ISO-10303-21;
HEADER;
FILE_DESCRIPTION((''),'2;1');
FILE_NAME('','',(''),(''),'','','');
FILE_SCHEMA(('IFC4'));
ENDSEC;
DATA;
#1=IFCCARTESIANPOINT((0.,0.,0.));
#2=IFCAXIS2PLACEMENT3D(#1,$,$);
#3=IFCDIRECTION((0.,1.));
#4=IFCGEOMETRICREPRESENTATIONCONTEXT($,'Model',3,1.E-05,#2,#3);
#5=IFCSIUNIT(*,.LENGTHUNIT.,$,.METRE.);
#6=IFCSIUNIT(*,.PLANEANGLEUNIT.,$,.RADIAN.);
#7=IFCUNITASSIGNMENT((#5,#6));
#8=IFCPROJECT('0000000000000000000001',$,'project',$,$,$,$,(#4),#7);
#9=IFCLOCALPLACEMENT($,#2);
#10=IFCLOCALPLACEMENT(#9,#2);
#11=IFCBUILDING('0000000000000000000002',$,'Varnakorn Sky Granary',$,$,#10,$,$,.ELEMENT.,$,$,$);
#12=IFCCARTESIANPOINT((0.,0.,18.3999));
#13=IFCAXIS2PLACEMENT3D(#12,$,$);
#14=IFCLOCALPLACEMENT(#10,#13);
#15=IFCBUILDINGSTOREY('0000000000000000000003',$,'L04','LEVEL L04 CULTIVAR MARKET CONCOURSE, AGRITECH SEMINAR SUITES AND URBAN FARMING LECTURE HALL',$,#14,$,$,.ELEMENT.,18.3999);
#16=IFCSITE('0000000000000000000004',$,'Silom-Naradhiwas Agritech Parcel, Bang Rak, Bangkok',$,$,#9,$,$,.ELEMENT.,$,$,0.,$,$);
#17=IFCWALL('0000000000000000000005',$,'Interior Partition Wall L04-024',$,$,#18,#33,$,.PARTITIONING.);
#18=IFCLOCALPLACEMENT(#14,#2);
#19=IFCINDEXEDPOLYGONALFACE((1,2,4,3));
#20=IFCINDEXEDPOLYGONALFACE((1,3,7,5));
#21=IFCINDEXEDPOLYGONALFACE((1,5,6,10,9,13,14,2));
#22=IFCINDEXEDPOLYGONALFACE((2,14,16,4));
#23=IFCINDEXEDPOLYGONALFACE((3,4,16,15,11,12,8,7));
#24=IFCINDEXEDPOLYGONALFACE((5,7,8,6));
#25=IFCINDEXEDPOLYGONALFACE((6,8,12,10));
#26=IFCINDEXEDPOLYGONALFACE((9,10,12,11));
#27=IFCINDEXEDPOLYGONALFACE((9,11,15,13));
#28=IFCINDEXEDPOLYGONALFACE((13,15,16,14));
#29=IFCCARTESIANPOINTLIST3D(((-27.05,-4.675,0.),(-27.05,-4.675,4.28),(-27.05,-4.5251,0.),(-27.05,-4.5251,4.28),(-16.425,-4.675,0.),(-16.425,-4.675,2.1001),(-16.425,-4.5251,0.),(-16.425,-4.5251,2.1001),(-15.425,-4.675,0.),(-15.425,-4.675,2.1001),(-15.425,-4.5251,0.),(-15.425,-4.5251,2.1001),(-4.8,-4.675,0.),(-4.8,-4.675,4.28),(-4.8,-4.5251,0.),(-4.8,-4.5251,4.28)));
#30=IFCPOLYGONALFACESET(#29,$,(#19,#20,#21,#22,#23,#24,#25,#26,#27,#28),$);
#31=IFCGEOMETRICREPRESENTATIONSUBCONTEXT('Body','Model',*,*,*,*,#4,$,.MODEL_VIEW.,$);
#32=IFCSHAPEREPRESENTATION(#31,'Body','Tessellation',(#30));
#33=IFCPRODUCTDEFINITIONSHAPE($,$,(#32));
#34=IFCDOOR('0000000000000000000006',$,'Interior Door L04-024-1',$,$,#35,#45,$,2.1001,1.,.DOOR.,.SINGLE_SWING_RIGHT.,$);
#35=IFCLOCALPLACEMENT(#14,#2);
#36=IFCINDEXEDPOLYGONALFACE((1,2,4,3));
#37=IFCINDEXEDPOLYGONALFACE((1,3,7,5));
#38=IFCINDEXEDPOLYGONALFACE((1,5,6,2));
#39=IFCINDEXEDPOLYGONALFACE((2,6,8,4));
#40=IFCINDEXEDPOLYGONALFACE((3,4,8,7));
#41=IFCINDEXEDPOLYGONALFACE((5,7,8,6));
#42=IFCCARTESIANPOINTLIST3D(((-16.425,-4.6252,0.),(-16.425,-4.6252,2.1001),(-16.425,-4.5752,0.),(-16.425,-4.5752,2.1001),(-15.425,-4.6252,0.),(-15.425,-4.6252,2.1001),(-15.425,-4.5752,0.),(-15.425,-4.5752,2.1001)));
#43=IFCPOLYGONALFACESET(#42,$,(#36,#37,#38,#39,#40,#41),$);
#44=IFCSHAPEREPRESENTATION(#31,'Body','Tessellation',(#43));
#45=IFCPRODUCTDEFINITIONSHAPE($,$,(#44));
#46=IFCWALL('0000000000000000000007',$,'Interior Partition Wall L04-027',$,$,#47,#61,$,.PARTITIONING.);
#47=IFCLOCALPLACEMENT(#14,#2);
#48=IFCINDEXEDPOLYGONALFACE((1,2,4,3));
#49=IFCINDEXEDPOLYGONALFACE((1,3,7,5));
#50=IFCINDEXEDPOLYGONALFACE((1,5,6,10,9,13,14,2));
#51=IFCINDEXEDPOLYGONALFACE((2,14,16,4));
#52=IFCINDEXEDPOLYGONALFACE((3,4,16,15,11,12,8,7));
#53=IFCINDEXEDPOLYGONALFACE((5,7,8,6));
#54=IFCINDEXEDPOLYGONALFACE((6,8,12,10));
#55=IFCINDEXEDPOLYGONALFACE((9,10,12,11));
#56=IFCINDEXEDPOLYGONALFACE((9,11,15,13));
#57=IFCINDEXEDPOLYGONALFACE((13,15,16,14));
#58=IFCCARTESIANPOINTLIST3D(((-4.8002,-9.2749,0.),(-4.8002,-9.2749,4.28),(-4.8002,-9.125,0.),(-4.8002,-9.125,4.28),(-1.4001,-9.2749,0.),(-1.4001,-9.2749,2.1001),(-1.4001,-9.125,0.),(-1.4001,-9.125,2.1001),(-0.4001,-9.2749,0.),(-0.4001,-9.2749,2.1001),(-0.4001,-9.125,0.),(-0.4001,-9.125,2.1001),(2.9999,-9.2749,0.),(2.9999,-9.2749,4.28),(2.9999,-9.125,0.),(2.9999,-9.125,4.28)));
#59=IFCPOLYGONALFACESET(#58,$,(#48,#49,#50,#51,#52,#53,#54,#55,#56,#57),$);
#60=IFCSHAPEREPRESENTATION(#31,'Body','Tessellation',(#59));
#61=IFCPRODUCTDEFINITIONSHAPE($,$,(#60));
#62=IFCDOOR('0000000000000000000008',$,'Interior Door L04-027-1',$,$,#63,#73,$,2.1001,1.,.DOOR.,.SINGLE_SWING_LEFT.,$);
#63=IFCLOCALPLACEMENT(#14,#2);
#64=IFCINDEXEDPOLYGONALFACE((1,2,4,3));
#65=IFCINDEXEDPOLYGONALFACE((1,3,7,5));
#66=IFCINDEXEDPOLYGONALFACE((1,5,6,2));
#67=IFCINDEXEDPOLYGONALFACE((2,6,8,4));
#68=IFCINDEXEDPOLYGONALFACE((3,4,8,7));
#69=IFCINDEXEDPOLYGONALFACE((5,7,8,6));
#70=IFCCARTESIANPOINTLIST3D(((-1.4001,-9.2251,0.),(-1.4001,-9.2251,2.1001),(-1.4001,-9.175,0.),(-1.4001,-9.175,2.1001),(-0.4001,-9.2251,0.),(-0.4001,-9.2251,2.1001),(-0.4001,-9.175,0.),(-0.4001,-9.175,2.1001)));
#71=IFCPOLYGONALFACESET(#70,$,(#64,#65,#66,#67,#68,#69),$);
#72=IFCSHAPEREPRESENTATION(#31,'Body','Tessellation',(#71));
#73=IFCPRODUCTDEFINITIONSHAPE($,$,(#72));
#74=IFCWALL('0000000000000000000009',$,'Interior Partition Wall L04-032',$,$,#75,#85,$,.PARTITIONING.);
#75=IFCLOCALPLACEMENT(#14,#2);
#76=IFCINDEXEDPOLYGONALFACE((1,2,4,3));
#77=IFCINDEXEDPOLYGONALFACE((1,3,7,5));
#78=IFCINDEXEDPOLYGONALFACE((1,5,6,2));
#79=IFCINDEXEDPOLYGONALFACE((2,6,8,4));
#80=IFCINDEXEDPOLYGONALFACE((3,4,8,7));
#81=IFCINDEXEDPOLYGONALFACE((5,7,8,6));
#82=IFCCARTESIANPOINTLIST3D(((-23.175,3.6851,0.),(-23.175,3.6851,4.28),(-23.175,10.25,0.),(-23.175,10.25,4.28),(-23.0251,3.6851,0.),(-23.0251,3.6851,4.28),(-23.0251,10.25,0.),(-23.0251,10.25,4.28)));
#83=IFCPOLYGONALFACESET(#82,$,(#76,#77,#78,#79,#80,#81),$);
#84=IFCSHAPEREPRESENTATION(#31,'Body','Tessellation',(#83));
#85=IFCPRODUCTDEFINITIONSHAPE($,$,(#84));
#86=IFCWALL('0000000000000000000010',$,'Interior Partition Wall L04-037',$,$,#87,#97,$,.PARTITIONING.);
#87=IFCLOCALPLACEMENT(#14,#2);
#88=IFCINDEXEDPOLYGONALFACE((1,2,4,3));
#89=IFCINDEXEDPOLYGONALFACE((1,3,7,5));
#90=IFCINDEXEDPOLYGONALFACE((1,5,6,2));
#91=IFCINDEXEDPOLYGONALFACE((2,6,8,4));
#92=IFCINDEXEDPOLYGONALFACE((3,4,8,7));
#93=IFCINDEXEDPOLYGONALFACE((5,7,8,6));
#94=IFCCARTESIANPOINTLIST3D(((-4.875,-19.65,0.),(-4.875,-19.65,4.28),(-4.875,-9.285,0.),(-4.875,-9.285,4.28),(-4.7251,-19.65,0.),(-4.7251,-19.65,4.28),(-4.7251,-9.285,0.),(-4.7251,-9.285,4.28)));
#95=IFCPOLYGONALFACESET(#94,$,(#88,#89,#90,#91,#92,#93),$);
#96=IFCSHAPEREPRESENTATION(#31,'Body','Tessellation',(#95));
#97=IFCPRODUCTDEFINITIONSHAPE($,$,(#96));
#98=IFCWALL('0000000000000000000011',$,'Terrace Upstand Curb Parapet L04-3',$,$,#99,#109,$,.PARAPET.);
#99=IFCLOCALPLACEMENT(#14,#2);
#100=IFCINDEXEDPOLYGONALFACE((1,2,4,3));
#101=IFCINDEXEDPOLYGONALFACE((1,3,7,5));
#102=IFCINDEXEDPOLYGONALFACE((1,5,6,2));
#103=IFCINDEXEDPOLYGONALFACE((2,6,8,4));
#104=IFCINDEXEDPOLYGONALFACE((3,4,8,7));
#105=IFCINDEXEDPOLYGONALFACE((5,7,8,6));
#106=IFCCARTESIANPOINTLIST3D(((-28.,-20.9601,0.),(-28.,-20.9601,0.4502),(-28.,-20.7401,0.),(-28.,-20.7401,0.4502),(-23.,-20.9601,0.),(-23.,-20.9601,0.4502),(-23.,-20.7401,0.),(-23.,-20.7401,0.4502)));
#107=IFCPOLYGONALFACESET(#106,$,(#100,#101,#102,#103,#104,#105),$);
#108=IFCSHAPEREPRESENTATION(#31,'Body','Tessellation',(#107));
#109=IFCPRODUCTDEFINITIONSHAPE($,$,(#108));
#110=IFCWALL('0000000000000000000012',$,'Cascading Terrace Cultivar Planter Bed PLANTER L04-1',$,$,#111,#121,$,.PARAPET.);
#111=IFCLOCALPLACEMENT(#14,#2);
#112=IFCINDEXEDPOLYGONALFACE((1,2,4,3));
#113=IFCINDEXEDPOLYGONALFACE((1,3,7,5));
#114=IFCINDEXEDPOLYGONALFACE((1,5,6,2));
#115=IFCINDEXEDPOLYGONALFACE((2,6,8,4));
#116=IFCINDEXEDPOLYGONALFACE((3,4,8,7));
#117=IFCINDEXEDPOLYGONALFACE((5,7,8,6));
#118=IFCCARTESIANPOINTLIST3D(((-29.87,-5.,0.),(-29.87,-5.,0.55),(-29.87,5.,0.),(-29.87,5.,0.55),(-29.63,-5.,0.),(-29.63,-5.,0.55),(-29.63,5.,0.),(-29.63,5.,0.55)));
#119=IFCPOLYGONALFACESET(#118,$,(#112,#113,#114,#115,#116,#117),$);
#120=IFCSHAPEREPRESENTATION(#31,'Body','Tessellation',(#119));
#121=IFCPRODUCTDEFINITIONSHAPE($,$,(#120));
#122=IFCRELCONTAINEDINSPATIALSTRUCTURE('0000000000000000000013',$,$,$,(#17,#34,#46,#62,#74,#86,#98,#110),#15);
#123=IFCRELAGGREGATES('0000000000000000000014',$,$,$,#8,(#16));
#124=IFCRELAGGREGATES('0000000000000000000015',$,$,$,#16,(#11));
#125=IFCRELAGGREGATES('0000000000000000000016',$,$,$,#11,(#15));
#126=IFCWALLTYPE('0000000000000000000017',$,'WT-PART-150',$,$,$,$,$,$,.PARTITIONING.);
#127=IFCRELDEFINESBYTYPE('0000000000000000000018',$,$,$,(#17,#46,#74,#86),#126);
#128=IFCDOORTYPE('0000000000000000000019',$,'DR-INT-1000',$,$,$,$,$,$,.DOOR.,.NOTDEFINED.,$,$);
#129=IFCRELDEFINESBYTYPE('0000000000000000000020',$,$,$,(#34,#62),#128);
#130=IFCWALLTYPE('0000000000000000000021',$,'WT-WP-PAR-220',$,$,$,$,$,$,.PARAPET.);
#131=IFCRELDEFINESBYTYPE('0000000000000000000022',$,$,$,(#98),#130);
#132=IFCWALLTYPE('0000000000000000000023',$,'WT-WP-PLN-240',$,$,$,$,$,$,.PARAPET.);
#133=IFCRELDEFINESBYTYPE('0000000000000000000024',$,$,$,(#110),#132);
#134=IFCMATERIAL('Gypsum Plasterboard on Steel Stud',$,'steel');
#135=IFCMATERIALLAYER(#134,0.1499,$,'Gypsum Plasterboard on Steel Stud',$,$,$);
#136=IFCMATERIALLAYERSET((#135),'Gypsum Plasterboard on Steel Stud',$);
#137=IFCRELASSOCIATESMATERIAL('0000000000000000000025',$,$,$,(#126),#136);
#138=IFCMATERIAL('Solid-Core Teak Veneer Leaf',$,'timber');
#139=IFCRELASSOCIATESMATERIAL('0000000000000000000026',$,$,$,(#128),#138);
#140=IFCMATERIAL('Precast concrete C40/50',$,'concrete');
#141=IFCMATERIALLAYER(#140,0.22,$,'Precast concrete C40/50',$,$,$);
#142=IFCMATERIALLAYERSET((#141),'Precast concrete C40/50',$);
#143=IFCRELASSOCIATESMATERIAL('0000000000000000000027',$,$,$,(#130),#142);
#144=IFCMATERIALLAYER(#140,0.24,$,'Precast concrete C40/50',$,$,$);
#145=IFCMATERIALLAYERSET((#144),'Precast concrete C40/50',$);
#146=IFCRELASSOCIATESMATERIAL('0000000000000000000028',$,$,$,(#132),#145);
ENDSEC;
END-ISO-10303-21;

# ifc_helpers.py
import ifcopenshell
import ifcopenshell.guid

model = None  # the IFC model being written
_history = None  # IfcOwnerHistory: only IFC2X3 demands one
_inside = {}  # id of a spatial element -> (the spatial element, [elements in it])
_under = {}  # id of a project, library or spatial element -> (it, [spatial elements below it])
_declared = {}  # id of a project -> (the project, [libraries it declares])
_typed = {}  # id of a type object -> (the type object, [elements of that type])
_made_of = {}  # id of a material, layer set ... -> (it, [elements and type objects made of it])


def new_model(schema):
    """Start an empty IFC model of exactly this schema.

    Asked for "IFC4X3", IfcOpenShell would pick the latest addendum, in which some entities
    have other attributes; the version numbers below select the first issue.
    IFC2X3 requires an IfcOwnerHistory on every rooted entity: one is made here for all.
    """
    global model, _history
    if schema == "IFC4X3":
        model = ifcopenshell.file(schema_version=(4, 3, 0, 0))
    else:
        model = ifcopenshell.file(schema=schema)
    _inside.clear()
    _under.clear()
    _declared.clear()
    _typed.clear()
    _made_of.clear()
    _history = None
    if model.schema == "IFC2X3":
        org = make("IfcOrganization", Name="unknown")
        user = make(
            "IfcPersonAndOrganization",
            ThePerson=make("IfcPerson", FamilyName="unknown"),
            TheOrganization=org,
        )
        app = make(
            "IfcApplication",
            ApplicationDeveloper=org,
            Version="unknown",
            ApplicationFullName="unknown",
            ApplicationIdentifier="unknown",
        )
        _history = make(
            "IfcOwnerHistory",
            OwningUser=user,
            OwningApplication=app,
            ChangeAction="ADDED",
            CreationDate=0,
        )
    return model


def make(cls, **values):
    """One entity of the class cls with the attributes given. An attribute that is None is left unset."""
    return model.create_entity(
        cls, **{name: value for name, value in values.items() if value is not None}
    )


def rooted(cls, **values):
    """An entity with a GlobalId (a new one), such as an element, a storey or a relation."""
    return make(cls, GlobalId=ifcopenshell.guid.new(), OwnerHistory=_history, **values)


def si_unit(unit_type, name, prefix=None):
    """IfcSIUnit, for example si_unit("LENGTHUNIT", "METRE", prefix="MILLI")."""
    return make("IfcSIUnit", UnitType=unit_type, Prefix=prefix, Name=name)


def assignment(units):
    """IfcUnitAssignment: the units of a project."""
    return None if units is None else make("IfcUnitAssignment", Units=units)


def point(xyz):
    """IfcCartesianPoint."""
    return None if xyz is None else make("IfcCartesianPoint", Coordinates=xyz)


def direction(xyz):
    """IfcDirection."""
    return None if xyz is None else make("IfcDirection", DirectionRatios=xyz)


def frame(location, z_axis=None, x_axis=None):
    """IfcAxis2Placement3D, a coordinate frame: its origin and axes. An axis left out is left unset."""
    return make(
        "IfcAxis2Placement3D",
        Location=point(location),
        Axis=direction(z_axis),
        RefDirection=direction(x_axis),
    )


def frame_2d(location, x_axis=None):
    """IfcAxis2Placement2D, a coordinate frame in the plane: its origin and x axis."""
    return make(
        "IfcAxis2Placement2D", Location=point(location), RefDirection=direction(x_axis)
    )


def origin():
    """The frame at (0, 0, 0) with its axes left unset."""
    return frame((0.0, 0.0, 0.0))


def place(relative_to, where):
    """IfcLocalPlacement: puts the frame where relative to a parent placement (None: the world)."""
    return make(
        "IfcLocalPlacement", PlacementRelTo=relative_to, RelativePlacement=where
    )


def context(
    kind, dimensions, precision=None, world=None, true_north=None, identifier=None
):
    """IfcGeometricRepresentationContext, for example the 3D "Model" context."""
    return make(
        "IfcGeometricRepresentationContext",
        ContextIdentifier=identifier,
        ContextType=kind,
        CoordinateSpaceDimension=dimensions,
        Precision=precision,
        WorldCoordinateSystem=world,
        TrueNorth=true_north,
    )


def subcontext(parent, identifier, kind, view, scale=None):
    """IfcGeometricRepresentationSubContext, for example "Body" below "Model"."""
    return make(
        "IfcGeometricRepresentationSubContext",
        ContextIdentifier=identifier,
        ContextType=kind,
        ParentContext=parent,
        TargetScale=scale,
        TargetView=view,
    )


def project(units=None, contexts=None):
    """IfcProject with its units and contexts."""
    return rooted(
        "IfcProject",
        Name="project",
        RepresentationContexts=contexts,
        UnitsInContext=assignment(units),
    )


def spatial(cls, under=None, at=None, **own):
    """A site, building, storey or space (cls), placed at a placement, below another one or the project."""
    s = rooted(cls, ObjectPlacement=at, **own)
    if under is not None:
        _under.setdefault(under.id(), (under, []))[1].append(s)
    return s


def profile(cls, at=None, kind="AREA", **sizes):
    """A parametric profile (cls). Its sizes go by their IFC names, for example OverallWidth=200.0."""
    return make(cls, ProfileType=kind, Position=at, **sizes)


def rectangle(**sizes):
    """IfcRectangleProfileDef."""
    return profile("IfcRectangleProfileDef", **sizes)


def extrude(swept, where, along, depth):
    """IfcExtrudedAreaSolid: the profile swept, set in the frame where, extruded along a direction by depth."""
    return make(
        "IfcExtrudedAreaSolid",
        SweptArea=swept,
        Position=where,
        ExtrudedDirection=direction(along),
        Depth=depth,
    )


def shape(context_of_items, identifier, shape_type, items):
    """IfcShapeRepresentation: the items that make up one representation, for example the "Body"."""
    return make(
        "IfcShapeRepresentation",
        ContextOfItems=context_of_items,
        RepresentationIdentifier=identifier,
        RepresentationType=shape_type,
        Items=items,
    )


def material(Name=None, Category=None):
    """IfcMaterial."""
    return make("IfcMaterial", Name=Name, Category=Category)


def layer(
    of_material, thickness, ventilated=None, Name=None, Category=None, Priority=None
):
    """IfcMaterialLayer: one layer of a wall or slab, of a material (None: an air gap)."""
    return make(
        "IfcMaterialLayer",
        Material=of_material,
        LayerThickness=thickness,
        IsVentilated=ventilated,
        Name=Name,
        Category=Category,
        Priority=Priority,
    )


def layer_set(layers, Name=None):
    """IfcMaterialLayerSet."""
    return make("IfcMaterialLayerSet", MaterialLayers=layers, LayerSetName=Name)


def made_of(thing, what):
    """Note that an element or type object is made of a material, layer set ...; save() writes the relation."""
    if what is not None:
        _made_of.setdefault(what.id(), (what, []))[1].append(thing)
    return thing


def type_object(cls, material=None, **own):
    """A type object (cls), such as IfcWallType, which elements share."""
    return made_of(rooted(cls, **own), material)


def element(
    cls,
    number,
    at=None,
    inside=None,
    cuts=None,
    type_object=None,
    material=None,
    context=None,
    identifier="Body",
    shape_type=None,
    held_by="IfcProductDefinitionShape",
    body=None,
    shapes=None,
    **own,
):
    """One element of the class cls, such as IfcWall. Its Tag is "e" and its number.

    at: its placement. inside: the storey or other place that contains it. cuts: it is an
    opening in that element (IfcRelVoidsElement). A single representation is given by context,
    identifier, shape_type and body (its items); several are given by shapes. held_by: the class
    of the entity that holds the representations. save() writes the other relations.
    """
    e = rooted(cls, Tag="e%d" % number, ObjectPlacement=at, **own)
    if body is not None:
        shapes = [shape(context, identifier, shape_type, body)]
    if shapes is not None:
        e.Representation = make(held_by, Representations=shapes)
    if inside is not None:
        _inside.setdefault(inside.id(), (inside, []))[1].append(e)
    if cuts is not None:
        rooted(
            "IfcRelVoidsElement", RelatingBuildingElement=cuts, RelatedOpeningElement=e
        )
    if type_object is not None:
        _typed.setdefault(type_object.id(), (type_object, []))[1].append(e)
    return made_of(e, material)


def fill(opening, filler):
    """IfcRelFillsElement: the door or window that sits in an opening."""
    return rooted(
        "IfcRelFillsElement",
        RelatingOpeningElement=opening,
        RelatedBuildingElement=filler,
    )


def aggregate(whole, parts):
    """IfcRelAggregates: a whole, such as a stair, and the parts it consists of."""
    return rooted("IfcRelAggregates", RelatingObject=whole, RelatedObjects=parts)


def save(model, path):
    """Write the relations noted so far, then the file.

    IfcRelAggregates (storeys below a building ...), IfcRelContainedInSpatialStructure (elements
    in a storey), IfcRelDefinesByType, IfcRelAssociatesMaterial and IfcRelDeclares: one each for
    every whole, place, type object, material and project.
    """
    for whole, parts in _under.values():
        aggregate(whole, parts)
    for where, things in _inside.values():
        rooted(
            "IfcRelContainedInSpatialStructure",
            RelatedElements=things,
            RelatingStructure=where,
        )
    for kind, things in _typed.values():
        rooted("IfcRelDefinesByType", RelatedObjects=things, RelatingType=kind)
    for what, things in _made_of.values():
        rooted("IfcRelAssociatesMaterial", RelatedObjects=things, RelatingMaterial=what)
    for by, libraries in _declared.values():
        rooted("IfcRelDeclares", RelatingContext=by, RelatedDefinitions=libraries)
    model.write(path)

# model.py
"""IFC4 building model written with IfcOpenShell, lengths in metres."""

from ifc_helpers import new_model, si_unit, direction, frame, frame_2d, origin, place, context, subcontext, project, spatial, rectangle, extrude, material, layer, layer_set, type_object, element, fill, save


model = new_model("IFC4")

# Units and contexts
model_context = context("Model", 3, precision=1e-05, world=origin(), true_north=direction((0.0, 1.0)))
body_context = subcontext(model_context, "Body", "Model", "MODEL_VIEW")
ifc_project = project(units=[si_unit("LENGTHUNIT", "METRE"), si_unit("PLANEANGLEUNIT", "RADIAN")], contexts=[model_context])

# Site, building, storey
site_placement = place(None, origin())
site = spatial("IfcSite", under=ifc_project, at=site_placement, Name="Silom-Naradhiwas Agritech Parcel, Bang Rak, Bangkok", CompositionType="ELEMENT", RefElevation=0.0)
building_placement = place(site_placement, origin())
building = spatial("IfcBuilding", under=site, at=building_placement, Name="Varnakorn Sky Granary", CompositionType="ELEMENT")
storey_placement = place(building_placement, frame((0.0, 0.0, 18.3999)))
storey = spatial("IfcBuildingStorey", under=building, at=storey_placement, Name="L04", Description="LEVEL L04 CULTIVAR MARKET CONCOURSE, AGRITECH SEMINAR SUITES AND URBAN FARMING LECTURE HALL", CompositionType="ELEMENT", Elevation=18.3999)

# Shared definitions
ifc_material_1 = material(Name="Precast concrete C40/50", Category="concrete")

# Walls, openings, doors
ifc_material_2 = material(Name="Gypsum Plasterboard on Steel Stud", Category="steel")
ifc_layer_1 = layer(ifc_material_2, 0.1499, Name="Gypsum Plasterboard on Steel Stud")
ifc_layer_set_1 = layer_set([ifc_layer_1], Name="Gypsum Plasterboard on Steel Stud")
wall_type_1 = type_object("IfcWallType", Name="WT-PART-150", PredefinedType="PARTITIONING", material=ifc_layer_set_1)
ifc_material_3 = material(Name="Solid-Core Teak Veneer Leaf", Category="timber")
door_type = type_object("IfcDoorType", Name="DR-INT-1000", OperationType="NOTDEFINED", PredefinedType="DOOR", material=ifc_material_3)
wall_1_placement = place(storey_placement, frame((-27.05, -4.6001, 0.0), z_axis=(0.0, 0.0, 1.0), x_axis=(1.0, 0.0, 0.0)))
wall_1 = element("IfcWall", 1, at=wall_1_placement, inside=storey, type_object=wall_type_1, Name="Interior Partition Wall L04-024", PredefinedType="PARTITIONING", context=body_context, shape_type="SweptSolid", body=[
    extrude(rectangle(XDim=22.25, YDim=0.1499, at=frame_2d((11.125, 0.0))), origin(), (0.0, 0.0, 1.0), 4.28),
])
opening_1_placement = place(wall_1_placement, frame((10.625, 0.0, 0.0)))
opening_1 = element("IfcOpeningElement", 2, at=opening_1_placement, cuts=wall_1, PredefinedType="OPENING", context=body_context, shape_type="SweptSolid", body=[
    extrude(rectangle(XDim=1.0, YDim=2.1001, at=frame_2d((0.5, 1.05))), frame((0.0, 0.085, 0.0), z_axis=(0.0, -1.0, 0.0), x_axis=(1.0, 0.0, 0.0)), (0.0, 0.0, 1.0), 0.1699),
])
door_1_placement = place(opening_1_placement, origin())
door_1 = element("IfcDoor", 3, at=door_1_placement, inside=storey, type_object=door_type, Name="Interior Door L04-024-1", OperationType="SINGLE_SWING_RIGHT", OverallHeight=2.1001, OverallWidth=1.0, PredefinedType="DOOR", context=body_context, shape_type="SweptSolid", body=[
    extrude(rectangle(XDim=1.0, YDim=2.1001, at=frame_2d((0.5, 1.05))), frame((0.0, 0.0249, 0.0), z_axis=(0.0, -1.0, 0.0), x_axis=(1.0, 0.0, 0.0)), (0.0, 0.0, 1.0), 0.05),
])
fill(opening_1, door_1)
wall_2_placement = place(storey_placement, frame((-4.8, -9.2, 0.0), z_axis=(0.0, 0.0, 1.0), x_axis=(1.0, 0.0, 0.0)))
wall_2 = element("IfcWall", 4, at=wall_2_placement, inside=storey, type_object=wall_type_1, Name="Interior Partition Wall L04-027", PredefinedType="PARTITIONING", context=body_context, shape_type="SweptSolid", body=[
    extrude(rectangle(XDim=7.8, YDim=0.1499, at=frame_2d((3.8999, 0.0))), origin(), (0.0, 0.0, 1.0), 4.28),
])
opening_2_placement = place(wall_2_placement, frame((3.3999, 0.0, 0.0)))
opening_2 = element("IfcOpeningElement", 5, at=opening_2_placement, cuts=wall_2, PredefinedType="OPENING", context=body_context, shape_type="SweptSolid", body=[
    extrude(rectangle(XDim=1.0, YDim=2.1001, at=frame_2d((0.5, 1.05))), frame((0.0, 0.085, 0.0), z_axis=(0.0, -1.0, 0.0), x_axis=(1.0, 0.0, 0.0)), (0.0, 0.0, 1.0), 0.1699),
])
door_2_placement = place(opening_2_placement, origin())
door_2 = element("IfcDoor", 6, at=door_2_placement, inside=storey, type_object=door_type, Name="Interior Door L04-027-1", OperationType="SINGLE_SWING_LEFT", OverallHeight=2.1001, OverallWidth=1.0, PredefinedType="DOOR", context=body_context, shape_type="SweptSolid", body=[
    extrude(rectangle(XDim=1.0, YDim=2.1001, at=frame_2d((0.5, 1.05))), frame((0.0, 0.0249, 0.0), z_axis=(0.0, -1.0, 0.0), x_axis=(1.0, 0.0, 0.0)), (0.0, 0.0, 1.0), 0.05),
])
fill(opening_2, door_2)

# Walls
wall_3_placement = place(storey_placement, frame((-23.1001, 3.6851, 0.0), z_axis=(0.0, 0.0, 1.0), x_axis=(0.0, 1.0, 0.0)))
element("IfcWall", 7, at=wall_3_placement, inside=storey, type_object=wall_type_1, Name="Interior Partition Wall L04-032", PredefinedType="PARTITIONING", context=body_context, shape_type="SweptSolid", body=[
    extrude(rectangle(XDim=6.5649, YDim=0.1499, at=frame_2d((3.2825, 0.0))), origin(), (0.0, 0.0, 1.0), 4.28),
])
wall_4_placement = place(storey_placement, frame((-4.8, -9.2849, 0.0), z_axis=(0.0, 0.0, 1.0), x_axis=(0.0, -1.0, 0.0)))
element("IfcWall", 8, at=wall_4_placement, inside=storey, type_object=wall_type_1, Name="Interior Partition Wall L04-037", PredefinedType="PARTITIONING", context=body_context, shape_type="SweptSolid", body=[
    extrude(rectangle(XDim=10.365, YDim=0.1499, at=frame_2d((5.1826, 0.0))), origin(), (0.0, 0.0, 1.0), 4.28),
])
ifc_layer_2 = layer(ifc_material_1, 0.22, Name="Precast concrete C40/50")
ifc_layer_set_2 = layer_set([ifc_layer_2], Name="Precast concrete C40/50")
wall_type_2 = type_object("IfcWallType", Name="WT-WP-PAR-220", PredefinedType="PARAPET", material=ifc_layer_set_2)
wall_5_placement = place(storey_placement, frame((-28.0, -20.8501, 0.0), z_axis=(0.0, 0.0, 1.0), x_axis=(1.0, 0.0, 0.0)))
element("IfcWall", 9, at=wall_5_placement, inside=storey, type_object=wall_type_2, Name="Terrace Upstand Curb Parapet L04-3", PredefinedType="PARAPET", context=body_context, shape_type="SweptSolid", body=[
    extrude(rectangle(XDim=5.0, YDim=0.22, at=frame_2d((2.5, 0.0))), origin(), (0.0, 0.0, 1.0), 0.4502),
])
ifc_layer_3 = layer(ifc_material_1, 0.24, Name="Precast concrete C40/50")
ifc_layer_set_3 = layer_set([ifc_layer_3], Name="Precast concrete C40/50")
wall_type_3 = type_object("IfcWallType", Name="WT-WP-PLN-240", PredefinedType="PARAPET", material=ifc_layer_set_3)
wall_6_placement = place(storey_placement, frame((-29.75, -5.0, 0.0), z_axis=(0.0, 0.0, 1.0), x_axis=(0.0, 1.0, 0.0)))
element("IfcWall", 10, at=wall_6_placement, inside=storey, type_object=wall_type_3, Name="Cascading Terrace Cultivar Planter Bed PLANTER L04-1", PredefinedType="PARAPET", context=body_context, shape_type="SweptSolid", body=[
    extrude(rectangle(XDim=10.0, YDim=0.24, at=frame_2d((5.0, 0.0))), origin(), (0.0, 0.0, 1.0), 0.55),
])

save(model, "model.ifc")
